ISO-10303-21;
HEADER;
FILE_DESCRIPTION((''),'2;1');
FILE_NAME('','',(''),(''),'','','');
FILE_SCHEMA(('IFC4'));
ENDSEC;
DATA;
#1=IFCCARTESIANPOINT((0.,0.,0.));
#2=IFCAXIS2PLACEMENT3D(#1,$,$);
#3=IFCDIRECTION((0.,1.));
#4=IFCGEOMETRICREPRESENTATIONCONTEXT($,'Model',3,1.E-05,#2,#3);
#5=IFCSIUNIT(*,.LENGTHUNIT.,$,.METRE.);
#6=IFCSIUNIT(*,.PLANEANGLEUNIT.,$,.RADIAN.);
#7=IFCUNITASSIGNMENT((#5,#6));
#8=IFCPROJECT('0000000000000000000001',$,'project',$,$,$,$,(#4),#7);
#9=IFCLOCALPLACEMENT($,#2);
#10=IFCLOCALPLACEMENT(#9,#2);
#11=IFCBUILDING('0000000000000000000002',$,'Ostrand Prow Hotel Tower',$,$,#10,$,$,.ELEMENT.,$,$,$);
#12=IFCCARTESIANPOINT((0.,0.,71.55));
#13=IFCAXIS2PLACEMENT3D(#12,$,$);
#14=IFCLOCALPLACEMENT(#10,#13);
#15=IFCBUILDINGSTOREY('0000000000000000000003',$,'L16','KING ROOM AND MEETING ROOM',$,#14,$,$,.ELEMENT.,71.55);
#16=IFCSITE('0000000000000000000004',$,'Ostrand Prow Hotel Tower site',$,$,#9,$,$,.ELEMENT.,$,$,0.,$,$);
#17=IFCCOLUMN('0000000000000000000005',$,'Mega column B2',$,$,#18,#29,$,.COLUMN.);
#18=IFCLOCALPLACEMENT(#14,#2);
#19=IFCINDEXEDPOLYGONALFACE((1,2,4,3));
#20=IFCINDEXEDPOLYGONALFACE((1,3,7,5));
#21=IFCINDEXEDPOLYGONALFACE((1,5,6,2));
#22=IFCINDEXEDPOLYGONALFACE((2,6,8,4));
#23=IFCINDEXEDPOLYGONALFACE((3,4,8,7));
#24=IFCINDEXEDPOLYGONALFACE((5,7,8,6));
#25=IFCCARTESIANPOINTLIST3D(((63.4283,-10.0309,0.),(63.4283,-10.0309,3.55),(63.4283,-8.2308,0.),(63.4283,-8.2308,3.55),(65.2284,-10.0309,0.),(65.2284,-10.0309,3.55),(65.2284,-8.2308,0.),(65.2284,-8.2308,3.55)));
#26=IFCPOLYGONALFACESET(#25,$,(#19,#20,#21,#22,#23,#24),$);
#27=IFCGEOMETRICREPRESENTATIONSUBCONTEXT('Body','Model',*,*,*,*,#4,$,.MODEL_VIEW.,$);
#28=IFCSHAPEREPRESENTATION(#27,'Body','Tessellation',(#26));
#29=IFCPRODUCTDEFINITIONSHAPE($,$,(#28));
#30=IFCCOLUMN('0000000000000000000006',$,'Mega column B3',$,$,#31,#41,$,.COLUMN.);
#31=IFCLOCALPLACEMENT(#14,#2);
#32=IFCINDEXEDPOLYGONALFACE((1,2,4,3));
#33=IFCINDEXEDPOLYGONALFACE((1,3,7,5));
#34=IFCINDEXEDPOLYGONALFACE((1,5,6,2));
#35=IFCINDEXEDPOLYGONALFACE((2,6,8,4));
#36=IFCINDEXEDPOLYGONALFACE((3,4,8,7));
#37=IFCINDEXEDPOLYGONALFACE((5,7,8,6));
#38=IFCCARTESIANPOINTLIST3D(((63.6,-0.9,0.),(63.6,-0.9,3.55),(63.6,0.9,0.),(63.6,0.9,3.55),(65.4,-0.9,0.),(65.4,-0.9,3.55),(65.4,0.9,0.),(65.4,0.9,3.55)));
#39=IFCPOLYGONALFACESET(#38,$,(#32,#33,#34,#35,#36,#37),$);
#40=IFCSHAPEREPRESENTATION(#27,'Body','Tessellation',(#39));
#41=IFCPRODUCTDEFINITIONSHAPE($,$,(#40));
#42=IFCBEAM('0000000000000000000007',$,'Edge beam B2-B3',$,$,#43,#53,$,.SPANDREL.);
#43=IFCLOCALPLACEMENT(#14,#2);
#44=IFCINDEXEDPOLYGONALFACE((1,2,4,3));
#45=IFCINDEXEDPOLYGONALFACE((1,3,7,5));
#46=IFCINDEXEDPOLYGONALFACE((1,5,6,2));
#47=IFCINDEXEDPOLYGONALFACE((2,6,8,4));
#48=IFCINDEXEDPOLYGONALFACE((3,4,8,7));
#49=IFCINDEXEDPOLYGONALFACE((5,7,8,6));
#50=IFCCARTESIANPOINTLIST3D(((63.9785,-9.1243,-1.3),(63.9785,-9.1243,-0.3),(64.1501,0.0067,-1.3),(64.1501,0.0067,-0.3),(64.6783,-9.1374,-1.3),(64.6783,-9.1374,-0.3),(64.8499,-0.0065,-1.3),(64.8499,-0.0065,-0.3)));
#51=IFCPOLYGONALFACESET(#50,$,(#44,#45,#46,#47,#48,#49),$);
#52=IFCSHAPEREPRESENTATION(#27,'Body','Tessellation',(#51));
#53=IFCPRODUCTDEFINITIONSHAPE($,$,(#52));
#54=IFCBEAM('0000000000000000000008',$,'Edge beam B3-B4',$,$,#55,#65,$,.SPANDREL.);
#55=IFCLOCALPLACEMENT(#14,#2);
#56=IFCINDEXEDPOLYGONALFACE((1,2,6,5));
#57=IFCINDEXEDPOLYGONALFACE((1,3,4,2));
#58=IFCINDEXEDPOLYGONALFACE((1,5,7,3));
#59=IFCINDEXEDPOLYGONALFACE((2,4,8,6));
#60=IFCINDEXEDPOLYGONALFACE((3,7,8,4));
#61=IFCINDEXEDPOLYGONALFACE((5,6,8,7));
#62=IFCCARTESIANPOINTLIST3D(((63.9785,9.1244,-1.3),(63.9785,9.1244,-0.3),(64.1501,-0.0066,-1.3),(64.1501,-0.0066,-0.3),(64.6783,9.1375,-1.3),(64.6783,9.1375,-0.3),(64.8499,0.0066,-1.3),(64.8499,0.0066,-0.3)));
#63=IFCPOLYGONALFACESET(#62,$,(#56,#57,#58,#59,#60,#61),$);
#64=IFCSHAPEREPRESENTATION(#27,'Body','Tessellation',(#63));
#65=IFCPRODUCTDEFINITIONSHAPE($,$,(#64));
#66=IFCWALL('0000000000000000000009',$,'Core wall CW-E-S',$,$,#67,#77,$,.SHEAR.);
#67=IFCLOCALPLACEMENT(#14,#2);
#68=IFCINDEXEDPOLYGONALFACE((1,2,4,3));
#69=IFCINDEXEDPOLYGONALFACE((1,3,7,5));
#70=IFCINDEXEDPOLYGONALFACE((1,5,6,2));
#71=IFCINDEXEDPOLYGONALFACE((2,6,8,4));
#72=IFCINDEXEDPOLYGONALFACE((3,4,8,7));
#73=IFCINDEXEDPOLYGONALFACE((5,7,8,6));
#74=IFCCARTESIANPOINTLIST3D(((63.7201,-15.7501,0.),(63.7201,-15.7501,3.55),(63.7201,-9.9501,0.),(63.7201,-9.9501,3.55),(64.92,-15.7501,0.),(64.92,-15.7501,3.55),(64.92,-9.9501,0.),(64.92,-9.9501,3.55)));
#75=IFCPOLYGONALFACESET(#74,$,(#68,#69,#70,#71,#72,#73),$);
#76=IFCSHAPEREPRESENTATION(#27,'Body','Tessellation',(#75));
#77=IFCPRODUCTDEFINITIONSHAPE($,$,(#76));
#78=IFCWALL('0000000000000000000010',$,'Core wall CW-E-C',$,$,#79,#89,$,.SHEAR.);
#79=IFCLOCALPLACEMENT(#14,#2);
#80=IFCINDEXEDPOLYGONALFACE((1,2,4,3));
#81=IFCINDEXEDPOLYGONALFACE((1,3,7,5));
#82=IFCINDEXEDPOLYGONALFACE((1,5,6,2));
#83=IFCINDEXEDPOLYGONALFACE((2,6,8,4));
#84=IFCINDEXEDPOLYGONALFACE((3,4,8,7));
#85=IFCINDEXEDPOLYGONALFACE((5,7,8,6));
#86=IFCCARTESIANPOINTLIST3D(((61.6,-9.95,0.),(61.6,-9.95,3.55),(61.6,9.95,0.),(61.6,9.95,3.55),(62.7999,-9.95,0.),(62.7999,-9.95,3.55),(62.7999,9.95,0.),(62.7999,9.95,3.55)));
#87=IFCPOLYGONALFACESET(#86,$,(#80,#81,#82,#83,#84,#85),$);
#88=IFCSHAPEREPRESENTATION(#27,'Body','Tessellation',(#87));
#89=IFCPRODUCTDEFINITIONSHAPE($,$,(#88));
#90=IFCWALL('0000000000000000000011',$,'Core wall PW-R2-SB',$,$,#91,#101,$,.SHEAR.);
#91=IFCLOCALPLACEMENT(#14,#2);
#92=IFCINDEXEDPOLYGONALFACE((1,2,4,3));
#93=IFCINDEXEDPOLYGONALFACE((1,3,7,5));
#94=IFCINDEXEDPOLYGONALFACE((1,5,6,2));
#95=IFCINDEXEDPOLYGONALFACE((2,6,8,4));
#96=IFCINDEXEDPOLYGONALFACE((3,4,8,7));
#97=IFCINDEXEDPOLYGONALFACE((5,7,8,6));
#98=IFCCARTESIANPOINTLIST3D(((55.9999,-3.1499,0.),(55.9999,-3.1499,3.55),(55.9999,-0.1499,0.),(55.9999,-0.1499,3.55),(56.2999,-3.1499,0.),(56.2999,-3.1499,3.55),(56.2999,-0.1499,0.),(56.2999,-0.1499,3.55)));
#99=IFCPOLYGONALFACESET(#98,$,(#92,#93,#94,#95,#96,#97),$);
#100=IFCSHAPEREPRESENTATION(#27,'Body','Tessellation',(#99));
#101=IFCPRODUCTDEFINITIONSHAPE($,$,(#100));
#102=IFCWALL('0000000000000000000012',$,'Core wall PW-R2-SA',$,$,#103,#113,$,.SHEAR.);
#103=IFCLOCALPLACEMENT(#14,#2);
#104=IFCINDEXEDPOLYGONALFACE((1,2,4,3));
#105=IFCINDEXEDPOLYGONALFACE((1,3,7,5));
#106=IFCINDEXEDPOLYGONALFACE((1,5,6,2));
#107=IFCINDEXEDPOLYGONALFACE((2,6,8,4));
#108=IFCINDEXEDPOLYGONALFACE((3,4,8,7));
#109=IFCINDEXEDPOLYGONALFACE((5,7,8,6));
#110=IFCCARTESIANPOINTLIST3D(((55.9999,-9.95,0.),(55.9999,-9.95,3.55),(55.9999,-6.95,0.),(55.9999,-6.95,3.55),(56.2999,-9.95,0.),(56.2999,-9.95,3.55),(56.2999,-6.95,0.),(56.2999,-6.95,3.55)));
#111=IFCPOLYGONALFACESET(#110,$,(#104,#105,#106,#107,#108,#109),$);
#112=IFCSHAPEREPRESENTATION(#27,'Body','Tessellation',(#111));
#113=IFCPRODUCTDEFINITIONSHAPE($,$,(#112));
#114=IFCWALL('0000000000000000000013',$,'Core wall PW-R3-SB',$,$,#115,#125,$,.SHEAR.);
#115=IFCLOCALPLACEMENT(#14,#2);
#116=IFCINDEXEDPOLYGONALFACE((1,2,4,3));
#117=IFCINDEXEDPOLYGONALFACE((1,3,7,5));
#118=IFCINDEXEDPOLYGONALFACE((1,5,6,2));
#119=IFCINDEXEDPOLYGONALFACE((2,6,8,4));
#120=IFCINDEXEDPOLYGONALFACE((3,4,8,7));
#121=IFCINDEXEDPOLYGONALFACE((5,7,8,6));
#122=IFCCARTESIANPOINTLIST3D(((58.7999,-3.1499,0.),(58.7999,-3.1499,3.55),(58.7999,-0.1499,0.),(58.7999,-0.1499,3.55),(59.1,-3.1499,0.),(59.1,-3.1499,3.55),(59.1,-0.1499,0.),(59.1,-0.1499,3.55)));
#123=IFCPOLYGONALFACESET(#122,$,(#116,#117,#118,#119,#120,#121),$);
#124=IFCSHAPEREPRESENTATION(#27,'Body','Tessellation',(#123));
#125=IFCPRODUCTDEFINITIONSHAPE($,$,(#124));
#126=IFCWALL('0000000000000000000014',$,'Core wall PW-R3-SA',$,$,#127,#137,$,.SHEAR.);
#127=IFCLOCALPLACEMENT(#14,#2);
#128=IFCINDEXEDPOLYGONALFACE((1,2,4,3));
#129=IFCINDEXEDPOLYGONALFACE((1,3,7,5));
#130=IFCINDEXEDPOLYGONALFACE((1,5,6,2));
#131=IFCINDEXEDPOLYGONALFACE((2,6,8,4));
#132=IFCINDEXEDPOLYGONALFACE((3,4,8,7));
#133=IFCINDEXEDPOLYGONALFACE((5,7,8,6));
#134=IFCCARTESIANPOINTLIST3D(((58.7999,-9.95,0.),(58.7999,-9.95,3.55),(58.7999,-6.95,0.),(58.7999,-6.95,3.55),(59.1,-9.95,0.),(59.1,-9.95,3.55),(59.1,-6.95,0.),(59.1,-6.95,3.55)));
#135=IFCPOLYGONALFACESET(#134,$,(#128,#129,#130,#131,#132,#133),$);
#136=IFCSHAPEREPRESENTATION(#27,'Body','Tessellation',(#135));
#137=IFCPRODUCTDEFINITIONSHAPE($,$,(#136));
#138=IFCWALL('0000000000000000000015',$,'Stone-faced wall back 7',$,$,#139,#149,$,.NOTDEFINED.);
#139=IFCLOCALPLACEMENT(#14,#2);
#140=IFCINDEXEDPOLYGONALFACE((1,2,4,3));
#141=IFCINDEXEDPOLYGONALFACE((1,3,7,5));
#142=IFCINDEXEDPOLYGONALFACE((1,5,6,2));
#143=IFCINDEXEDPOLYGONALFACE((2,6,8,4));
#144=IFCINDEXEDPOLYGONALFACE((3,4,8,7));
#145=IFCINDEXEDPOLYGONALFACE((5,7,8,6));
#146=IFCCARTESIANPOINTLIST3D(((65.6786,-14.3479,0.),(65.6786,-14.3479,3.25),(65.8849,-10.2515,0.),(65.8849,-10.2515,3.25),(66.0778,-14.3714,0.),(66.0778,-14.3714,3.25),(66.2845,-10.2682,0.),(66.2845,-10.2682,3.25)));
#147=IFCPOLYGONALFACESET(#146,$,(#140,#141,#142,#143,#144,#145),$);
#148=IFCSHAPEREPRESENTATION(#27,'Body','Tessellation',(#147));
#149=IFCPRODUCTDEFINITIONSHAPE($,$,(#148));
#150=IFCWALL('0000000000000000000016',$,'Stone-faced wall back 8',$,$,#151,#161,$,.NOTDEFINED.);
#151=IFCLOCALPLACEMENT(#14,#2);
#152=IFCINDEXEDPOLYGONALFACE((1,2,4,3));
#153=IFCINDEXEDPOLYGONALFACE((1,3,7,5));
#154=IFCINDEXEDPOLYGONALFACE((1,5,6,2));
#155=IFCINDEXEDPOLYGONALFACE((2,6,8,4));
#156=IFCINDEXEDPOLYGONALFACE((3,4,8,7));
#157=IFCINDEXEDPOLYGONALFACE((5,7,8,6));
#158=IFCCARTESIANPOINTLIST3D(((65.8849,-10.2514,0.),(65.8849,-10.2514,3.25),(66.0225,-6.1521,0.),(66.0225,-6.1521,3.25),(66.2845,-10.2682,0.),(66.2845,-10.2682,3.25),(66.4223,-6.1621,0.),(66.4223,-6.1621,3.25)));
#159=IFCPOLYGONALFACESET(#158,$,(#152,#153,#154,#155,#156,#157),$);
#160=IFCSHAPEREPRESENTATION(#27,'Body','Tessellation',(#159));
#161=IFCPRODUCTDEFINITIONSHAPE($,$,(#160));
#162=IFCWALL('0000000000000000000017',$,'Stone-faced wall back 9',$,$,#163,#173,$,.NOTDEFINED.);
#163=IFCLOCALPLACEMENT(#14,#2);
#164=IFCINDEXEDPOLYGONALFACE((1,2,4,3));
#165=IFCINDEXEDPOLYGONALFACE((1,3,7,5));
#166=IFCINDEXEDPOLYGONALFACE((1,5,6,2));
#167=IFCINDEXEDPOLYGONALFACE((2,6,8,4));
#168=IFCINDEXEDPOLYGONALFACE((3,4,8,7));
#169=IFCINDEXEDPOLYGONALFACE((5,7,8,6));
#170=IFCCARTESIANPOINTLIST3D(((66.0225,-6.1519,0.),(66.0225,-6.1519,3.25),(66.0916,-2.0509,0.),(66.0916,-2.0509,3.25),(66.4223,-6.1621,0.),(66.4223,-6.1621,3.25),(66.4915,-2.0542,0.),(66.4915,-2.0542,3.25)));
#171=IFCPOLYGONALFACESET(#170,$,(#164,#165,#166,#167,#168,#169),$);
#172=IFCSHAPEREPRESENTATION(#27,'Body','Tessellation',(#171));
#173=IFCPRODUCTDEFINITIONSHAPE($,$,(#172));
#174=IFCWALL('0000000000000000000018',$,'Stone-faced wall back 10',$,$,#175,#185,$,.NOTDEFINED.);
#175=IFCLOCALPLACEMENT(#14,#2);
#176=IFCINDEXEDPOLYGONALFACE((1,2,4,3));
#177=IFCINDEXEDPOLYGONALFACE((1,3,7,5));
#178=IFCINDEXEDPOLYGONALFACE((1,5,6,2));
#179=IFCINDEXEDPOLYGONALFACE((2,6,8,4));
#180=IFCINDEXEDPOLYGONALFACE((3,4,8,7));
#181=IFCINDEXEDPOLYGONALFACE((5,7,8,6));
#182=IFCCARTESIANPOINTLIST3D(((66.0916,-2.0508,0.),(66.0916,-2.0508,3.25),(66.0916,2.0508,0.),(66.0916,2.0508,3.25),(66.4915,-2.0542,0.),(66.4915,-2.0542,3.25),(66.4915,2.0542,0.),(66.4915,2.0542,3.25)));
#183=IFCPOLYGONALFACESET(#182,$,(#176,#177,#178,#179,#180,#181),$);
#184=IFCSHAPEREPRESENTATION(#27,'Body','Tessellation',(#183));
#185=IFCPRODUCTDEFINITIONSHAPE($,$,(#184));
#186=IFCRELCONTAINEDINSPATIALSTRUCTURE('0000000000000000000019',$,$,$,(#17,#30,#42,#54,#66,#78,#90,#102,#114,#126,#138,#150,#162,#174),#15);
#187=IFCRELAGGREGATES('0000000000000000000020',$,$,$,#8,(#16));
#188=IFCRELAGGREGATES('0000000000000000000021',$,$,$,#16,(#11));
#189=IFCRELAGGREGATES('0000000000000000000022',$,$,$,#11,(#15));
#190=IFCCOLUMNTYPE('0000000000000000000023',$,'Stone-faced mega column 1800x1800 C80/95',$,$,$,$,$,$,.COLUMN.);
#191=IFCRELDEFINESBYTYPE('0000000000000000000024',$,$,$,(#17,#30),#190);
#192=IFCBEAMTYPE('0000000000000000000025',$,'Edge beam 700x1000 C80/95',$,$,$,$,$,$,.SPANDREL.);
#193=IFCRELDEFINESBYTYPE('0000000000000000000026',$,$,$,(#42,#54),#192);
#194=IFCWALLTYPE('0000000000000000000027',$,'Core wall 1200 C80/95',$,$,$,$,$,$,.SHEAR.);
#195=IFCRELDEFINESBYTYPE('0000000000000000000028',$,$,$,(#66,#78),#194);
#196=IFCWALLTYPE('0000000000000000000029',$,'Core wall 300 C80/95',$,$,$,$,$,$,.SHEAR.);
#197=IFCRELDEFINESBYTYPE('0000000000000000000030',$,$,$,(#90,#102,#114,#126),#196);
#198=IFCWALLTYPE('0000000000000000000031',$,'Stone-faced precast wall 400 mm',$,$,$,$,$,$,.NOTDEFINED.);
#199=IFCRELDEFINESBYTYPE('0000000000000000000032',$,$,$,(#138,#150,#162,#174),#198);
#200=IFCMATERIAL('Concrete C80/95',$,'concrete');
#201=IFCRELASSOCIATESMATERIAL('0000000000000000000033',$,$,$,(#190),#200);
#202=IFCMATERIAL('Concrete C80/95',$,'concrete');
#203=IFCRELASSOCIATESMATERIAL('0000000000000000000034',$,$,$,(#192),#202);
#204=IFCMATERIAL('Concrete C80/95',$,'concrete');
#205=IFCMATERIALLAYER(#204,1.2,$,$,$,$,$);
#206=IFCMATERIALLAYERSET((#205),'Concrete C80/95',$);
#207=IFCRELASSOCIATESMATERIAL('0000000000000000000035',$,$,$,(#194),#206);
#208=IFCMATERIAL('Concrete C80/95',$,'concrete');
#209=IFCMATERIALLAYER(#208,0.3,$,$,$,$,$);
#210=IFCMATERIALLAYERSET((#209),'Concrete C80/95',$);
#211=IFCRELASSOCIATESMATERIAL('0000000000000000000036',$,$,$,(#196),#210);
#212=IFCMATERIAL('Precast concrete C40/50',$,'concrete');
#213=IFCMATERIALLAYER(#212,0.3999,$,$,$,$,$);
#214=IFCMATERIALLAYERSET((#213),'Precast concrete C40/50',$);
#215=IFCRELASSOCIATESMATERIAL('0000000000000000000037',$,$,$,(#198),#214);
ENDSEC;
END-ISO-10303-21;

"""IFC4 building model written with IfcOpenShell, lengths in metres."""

from ifc_helpers import new_model, si_unit, direction, frame, frame_2d, origin, origin_2d, place, context, subcontext, project, spatial, polyline, rectangle, outline, extrude, material, layer, layer_set, material_profile, profile_set, type_object, element, save


model = new_model("IFC4")

# Units and contexts
model_context = context("Model", 3, precision=1e-05, world=origin(), true_north=direction((0.0, 1.0)))
body_context = subcontext(model_context, "Body", "Model", "MODEL_VIEW")
ifc_project = project(units=[si_unit("LENGTHUNIT", "METRE"), si_unit("PLANEANGLEUNIT", "RADIAN")], contexts=[model_context])

# Site, building, storey
site_placement = place(None, origin())
site = spatial("IfcSite", under=ifc_project, at=site_placement, Name="Ostrand Prow Hotel Tower site", CompositionType="ELEMENT", RefElevation=0.0)
building_placement = place(site_placement, origin())
building = spatial("IfcBuilding", under=site, at=building_placement, Name="Ostrand Prow Hotel Tower", CompositionType="ELEMENT")
storey_placement = place(building_placement, frame((0.0, 0.0, 71.55)))
storey = spatial("IfcBuildingStorey", under=building, at=storey_placement, Name="L16", Description="KING ROOM AND MEETING ROOM", CompositionType="ELEMENT", Elevation=71.55)

# Columns
ifc_material_1 = material(Name="Concrete C80/95", Category="concrete")
ifc_material_profile_1 = material_profile(ifc_material_1, rectangle(XDim=1.8, YDim=1.8, at=origin_2d()), Name="RC 1800x1800")
ifc_profile_set_1 = profile_set([ifc_material_profile_1], Name="Concrete C80/95")
column_type = type_object("IfcColumnType", Name="Stone-faced mega column 1800x1800 C80/95", PredefinedType="COLUMN", material=ifc_profile_set_1)
for number, where, z_axis, x_axis, name in (
    (1, (64.3284, -9.1309, 0.0), (0.0, 0.0, 1.0), (1.0, 0.0, 0.0), "Mega column B2"),
    (2, (64.5, 0.0, 0.0), (0.0, 0.0, 1.0), (1.0, 0.0, 0.0), "Mega column B3"),
):
    element("IfcColumn", number, at=place(storey_placement, frame(where, z_axis=z_axis, x_axis=x_axis)), inside=storey, type_object=column_type, Name=name, PredefinedType="COLUMN", context=body_context, shape_type="SweptSolid", body=[
        extrude(rectangle(XDim=1.8, YDim=1.8, at=origin_2d()), origin(), (0.0, 0.0, 1.0), 3.55),
    ])

# Beams
ifc_material_2 = material(Name="Concrete C80/95", Category="concrete")
ifc_material_profile_2 = material_profile(ifc_material_2, rectangle(XDim=0.7, YDim=1.0, at=origin_2d()), Name="RC 700x1000")
ifc_profile_set_2 = profile_set([ifc_material_profile_2], Name="Concrete C80/95")
beam_type = type_object("IfcBeamType", Name="Edge beam 700x1000 C80/95", PredefinedType="SPANDREL", material=ifc_profile_set_2)
for number, where, z_axis, x_axis, name in (
    (3, (64.3284, -9.1309, -0.8), (0.018793, 0.999823, 0.0), (-0.999823, 0.018793, 0.0), "Edge beam B2-B3"),
    (4, (64.5, 0.0, -0.8), (-0.018793, 0.999823, 0.0), (-0.999823, -0.018793, 0.0), "Edge beam B3-B4"),
):
    element("IfcBeam", number, at=place(storey_placement, frame(where, z_axis=z_axis, x_axis=x_axis)), inside=storey, type_object=beam_type, Name=name, PredefinedType="SPANDREL", context=body_context, shape_type="SweptSolid", body=[
        extrude(rectangle(XDim=0.7, YDim=1.0, at=origin_2d()), origin(), (0.0, 0.0, 1.0), 9.1326),
    ])

# Walls
ifc_material_3 = material(Name="Concrete C80/95", Category="concrete")
ifc_layer_1 = layer(ifc_material_3, 1.2)
ifc_layer_set_1 = layer_set([ifc_layer_1], Name="Concrete C80/95")
wall_type_1 = type_object("IfcWallType", Name="Core wall 1200 C80/95", PredefinedType="SHEAR", material=ifc_layer_set_1)
wall_1_placement = place(storey_placement, frame((64.3201, -15.75, 0.0), z_axis=(0.0, 0.0, 1.0), x_axis=(0.0, 1.0, 0.0)))
element("IfcWall", 5, at=wall_1_placement, inside=storey, type_object=wall_type_1, Name="Core wall CW-E-S", PredefinedType="SHEAR", context=body_context, shape_type="SweptSolid", body=[
    extrude(rectangle(XDim=5.8, YDim=1.2, at=frame_2d((2.8999, 0.0))), origin(), (0.0, 0.0, 1.0), 3.55),
])
wall_2_placement = place(storey_placement, frame((62.2, -9.95, 0.0), z_axis=(0.0, 0.0, 1.0), x_axis=(0.0, 1.0, 0.0)))
element("IfcWall", 6, at=wall_2_placement, inside=storey, type_object=wall_type_1, Name="Core wall CW-E-C", PredefinedType="SHEAR", context=body_context, shape_type="SweptSolid", body=[
    extrude(rectangle(XDim=19.8999, YDim=1.2, at=frame_2d((9.95, 0.0))), origin(), (0.0, 0.0, 1.0), 3.55),
])
ifc_material_4 = material(Name="Concrete C80/95", Category="concrete")
ifc_layer_2 = layer(ifc_material_4, 0.3)
ifc_layer_set_2 = layer_set([ifc_layer_2], Name="Concrete C80/95")
wall_type_2 = type_object("IfcWallType", Name="Core wall 300 C80/95", PredefinedType="SHEAR", material=ifc_layer_set_2)
for number, where, z_axis, x_axis, name in (
    (7, (56.1499, -3.1499, 0.0), (0.0, 0.0, 1.0), (0.0, 1.0, 0.0), "Core wall PW-R2-SB"),
    (8, (56.1499, -9.95, 0.0), (0.0, 0.0, 1.0), (0.0, 1.0, 0.0), "Core wall PW-R2-SA"),
    (9, (58.95, -3.1499, 0.0), (0.0, 0.0, 1.0), (0.0, 1.0, 0.0), "Core wall PW-R3-SB"),
    (10, (58.95, -9.95, 0.0), (0.0, 0.0, 1.0), (0.0, 1.0, 0.0), "Core wall PW-R3-SA"),
):
    element("IfcWall", number, at=place(storey_placement, frame(where, z_axis=z_axis, x_axis=x_axis)), inside=storey, type_object=wall_type_2, Name=name, PredefinedType="SHEAR", context=body_context, shape_type="SweptSolid", body=[
        extrude(rectangle(XDim=3.0, YDim=0.3, at=frame_2d((1.5, 0.0))), origin(), (0.0, 0.0, 1.0), 3.55),
    ])
ifc_material_5 = material(Name="Precast concrete C40/50", Category="concrete")
ifc_layer_3 = layer(ifc_material_5, 0.3999)
ifc_layer_set_3 = layer_set([ifc_layer_3], Name="Precast concrete C40/50")
wall_type_3 = type_object("IfcWallType", Name="Stone-faced precast wall 400 mm", PredefinedType="NOTDEFINED", material=ifc_layer_set_3)
for number, where, z_axis, x_axis, name in (
    (11, (65.8782, -14.3596, 0.0), (0.0, 0.0, 1.0), (0.050314, 0.998733, 0.0), "Stone-faced wall back 7"),
    (12, (66.0847, -10.2598, 0.0), (0.0, 0.0, 1.0), (0.033543, 0.999437, 0.0), "Stone-faced wall back 8"),
    (13, (66.2224, -6.157, 0.0), (0.0, 0.0, 1.0), (0.016831, 0.999858, 0.0), "Stone-faced wall back 9"),
    (14, (66.2915, -2.0525, 0.0), (0.0, 0.0, 1.0), (0.0, 1.0, 0.0), "Stone-faced wall back 10"),
):
    element("IfcWall", number, at=place(storey_placement, frame(where, z_axis=z_axis, x_axis=x_axis)), inside=storey, type_object=wall_type_3, Name=name, PredefinedType="NOTDEFINED", context=body_context, shape_type="SweptSolid", body=[
        extrude(outline(polyline([(-0.0017, -0.2), (4.1067, -0.2), (4.1033, 0.2), (0.0017, 0.2), (-0.0017, -0.2)])), origin(), (0.0, 0.0, 1.0), 3.25),
    ])

save(model, "model.ifc")
